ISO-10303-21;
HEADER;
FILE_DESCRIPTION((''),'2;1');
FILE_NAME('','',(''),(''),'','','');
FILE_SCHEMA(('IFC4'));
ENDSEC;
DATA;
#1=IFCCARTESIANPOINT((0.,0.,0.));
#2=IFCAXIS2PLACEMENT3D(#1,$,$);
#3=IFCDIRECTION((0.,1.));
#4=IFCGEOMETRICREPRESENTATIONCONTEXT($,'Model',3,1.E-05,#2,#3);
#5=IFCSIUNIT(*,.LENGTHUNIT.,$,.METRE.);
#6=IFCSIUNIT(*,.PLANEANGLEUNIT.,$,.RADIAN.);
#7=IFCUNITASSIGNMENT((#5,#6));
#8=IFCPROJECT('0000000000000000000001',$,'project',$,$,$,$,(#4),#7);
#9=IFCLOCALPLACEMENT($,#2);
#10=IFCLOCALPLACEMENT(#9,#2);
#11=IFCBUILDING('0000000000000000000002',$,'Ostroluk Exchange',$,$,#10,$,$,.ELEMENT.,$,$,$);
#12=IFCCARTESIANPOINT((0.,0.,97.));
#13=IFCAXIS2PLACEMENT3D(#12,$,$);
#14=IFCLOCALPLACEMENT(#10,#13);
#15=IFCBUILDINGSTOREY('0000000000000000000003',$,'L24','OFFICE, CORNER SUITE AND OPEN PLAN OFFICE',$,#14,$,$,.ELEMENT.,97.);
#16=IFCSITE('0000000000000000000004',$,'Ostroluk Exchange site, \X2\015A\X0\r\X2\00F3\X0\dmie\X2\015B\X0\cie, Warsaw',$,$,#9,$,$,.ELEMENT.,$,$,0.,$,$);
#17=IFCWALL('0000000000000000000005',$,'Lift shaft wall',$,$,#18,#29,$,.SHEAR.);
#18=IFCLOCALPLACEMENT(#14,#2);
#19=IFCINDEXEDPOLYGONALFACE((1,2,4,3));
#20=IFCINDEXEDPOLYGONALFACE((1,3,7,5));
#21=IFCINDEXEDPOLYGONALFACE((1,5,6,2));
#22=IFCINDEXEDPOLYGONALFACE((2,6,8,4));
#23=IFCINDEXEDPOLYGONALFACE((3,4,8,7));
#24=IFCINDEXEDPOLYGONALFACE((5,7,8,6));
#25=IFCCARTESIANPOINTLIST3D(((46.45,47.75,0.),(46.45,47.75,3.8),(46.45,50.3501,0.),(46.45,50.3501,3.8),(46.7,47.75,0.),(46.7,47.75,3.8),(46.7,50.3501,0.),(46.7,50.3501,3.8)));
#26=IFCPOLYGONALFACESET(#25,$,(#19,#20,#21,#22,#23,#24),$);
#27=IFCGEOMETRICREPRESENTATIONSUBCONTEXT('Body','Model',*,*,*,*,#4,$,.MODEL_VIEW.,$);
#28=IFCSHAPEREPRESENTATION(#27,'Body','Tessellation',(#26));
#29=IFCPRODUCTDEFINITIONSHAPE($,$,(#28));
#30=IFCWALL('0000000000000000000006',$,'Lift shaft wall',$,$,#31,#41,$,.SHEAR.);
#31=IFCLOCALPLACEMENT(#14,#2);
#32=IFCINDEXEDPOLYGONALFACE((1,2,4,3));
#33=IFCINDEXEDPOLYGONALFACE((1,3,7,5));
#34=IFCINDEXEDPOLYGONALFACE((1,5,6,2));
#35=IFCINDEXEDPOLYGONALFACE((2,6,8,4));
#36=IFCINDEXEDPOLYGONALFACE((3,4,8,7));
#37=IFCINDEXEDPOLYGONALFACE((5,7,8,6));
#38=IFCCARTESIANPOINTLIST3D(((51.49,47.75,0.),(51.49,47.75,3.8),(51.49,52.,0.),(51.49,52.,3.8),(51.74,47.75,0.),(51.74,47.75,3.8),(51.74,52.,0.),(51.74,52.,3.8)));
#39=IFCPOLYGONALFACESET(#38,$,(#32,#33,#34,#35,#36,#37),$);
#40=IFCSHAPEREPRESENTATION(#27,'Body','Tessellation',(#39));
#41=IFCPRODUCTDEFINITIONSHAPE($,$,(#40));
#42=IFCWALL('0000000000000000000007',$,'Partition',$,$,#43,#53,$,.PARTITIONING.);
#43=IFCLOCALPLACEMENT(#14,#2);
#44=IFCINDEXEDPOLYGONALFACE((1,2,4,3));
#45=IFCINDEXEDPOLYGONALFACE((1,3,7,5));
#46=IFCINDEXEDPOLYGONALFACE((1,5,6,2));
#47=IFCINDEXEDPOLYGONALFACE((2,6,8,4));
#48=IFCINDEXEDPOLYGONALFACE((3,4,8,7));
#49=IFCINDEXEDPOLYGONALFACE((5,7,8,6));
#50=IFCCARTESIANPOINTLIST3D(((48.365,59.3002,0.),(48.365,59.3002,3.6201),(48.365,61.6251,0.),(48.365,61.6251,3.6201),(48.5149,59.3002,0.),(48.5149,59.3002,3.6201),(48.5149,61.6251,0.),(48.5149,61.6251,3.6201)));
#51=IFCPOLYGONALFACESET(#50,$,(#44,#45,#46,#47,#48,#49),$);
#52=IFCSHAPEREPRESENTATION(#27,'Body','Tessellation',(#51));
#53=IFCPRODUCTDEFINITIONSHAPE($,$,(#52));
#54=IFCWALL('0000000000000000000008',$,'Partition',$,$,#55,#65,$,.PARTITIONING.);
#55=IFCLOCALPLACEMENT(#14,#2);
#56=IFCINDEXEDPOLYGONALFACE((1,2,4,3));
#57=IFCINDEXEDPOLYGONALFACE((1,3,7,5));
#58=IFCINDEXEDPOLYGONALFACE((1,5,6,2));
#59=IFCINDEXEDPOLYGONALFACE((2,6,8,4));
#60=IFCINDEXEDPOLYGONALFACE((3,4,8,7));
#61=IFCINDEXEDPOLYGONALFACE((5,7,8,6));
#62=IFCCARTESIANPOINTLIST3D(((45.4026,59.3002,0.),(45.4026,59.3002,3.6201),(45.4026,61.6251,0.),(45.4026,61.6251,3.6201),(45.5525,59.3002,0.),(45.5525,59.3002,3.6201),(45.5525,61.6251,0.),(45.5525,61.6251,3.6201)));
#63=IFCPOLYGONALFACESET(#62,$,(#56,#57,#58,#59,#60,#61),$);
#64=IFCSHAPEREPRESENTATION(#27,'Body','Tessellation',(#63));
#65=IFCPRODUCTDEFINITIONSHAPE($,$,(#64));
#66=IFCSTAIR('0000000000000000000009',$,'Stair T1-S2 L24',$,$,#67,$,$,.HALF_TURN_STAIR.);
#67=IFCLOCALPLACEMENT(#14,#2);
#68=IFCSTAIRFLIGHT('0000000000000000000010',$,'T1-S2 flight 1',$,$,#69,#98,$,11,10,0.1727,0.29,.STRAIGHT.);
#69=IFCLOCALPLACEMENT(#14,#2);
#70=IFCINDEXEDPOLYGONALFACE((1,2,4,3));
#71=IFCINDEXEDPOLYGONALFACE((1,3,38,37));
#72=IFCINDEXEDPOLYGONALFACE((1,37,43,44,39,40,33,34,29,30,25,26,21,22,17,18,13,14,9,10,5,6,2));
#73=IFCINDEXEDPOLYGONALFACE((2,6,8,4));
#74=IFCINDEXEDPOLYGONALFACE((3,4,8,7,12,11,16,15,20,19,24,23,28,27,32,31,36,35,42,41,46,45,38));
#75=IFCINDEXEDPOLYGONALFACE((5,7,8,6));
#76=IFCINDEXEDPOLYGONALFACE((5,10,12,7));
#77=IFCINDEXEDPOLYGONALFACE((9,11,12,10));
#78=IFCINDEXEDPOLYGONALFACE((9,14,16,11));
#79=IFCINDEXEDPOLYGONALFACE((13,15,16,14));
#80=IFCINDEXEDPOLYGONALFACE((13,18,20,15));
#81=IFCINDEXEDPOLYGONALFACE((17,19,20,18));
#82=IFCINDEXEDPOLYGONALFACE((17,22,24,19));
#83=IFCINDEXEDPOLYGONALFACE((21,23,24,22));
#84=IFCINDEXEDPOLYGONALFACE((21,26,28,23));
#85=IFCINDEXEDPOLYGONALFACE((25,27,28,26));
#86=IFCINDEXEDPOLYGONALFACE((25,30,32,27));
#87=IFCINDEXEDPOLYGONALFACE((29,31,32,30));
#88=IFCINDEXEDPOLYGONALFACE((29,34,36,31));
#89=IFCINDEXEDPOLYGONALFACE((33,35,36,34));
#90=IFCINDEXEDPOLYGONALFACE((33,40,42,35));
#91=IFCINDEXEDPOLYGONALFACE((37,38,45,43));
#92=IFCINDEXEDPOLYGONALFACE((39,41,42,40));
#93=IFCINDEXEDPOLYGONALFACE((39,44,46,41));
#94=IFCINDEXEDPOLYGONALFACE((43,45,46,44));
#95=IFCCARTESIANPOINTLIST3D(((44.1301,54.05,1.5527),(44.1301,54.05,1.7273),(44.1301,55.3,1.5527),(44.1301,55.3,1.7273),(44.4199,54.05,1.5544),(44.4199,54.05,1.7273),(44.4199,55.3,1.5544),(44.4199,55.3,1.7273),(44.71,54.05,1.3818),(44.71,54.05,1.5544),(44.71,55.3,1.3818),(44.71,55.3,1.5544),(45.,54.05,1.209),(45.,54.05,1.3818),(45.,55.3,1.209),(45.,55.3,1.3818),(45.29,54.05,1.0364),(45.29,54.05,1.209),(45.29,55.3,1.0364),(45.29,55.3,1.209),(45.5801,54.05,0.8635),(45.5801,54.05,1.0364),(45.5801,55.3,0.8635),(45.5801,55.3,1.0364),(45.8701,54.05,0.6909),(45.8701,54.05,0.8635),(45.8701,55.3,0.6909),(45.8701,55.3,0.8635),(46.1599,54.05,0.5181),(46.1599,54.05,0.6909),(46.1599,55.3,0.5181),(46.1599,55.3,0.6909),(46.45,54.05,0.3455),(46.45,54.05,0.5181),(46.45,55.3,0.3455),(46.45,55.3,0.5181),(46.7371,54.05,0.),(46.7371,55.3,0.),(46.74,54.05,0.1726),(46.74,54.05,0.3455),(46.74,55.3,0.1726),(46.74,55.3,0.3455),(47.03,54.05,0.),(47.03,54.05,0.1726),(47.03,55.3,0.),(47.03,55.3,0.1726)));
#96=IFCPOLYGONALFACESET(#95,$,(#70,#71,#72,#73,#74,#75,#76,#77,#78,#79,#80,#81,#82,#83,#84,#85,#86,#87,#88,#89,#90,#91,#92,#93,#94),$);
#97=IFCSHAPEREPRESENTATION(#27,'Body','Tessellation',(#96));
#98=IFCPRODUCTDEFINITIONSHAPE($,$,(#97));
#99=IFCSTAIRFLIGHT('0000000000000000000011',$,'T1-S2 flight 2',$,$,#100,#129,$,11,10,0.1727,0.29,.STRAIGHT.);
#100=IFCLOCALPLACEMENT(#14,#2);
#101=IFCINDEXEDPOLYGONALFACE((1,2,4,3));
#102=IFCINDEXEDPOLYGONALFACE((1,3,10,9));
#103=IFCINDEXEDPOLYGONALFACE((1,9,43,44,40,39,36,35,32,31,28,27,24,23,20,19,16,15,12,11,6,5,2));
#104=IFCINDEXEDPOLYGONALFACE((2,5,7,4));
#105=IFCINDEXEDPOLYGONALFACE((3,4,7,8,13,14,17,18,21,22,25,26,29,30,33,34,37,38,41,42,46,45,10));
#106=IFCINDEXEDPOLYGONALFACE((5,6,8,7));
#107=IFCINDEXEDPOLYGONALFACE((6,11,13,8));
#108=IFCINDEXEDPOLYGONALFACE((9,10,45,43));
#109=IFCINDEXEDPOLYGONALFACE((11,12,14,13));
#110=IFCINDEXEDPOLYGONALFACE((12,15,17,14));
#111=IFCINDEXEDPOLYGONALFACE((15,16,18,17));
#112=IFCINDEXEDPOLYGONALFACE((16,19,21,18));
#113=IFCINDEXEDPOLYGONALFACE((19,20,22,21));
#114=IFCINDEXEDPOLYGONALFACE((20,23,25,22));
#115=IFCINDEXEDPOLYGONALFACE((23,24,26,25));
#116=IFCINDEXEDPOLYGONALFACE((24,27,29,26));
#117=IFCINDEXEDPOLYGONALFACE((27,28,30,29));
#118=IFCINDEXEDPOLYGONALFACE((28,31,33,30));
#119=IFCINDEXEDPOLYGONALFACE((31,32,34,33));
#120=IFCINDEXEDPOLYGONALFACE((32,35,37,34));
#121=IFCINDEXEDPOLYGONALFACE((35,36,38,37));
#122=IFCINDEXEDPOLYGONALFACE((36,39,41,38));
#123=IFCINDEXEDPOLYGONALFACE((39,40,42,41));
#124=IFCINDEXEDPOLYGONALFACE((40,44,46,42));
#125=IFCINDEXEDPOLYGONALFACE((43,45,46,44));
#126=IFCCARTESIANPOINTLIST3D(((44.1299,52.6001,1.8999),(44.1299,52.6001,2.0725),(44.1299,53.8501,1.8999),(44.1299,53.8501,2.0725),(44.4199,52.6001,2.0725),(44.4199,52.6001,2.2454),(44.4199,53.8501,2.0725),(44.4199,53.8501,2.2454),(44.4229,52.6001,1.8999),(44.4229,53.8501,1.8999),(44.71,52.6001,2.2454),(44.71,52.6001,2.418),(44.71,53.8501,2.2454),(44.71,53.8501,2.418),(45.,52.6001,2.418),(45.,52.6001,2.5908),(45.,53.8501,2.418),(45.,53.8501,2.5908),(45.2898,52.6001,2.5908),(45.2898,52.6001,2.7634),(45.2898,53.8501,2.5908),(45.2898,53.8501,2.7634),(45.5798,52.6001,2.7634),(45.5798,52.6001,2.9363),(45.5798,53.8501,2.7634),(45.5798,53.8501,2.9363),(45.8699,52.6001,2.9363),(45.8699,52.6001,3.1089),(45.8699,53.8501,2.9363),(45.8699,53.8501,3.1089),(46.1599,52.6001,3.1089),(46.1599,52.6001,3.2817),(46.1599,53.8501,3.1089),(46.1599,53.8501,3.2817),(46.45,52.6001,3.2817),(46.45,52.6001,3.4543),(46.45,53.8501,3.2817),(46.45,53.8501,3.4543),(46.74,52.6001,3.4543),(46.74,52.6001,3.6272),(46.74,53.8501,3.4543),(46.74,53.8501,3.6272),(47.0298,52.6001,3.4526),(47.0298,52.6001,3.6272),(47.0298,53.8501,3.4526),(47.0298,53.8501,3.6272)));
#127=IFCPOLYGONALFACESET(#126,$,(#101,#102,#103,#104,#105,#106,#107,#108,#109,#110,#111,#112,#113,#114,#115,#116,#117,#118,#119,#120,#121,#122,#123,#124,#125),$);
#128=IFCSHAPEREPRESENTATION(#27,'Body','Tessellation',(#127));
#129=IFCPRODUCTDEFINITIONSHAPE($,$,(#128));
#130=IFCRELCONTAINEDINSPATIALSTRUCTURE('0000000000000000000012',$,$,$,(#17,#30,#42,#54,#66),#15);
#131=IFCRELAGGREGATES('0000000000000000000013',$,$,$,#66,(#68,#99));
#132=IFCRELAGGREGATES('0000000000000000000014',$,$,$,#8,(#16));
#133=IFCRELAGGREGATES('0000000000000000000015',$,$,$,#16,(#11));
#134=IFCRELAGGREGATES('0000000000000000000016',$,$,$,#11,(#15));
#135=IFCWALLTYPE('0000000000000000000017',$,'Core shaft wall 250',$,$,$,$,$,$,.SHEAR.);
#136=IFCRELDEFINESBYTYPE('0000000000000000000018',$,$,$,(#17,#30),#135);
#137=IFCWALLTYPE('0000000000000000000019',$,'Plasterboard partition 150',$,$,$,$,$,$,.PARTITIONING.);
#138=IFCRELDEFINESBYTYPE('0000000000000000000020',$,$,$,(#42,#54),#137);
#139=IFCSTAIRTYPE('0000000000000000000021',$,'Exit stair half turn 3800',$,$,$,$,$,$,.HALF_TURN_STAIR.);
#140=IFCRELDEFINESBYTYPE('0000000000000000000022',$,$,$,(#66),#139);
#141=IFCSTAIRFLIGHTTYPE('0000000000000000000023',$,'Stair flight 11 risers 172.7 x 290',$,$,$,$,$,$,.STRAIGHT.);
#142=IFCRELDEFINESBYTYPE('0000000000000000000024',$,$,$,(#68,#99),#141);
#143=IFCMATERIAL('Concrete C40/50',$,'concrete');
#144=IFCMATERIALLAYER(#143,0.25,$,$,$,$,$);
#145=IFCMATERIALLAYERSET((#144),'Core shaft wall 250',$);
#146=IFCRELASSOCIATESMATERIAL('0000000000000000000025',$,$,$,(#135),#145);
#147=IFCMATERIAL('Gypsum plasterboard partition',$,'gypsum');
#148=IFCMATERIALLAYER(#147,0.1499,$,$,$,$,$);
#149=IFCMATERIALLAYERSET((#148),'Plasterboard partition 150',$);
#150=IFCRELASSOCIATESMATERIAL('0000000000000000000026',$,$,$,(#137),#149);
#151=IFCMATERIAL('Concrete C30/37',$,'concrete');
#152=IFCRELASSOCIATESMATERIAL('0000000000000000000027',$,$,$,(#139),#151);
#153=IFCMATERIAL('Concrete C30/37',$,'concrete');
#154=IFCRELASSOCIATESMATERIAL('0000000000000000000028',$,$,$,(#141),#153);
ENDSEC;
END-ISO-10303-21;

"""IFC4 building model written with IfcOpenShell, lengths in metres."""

from ifc_helpers import new_model, si_unit, direction, frame, frame_2d, origin, place, context, subcontext, project, spatial, polyline, rectangle, outline, extrude, material, layer, layer_set, type_object, element, aggregate, save


model = new_model("IFC4")

# Units and contexts
model_context = context("Model", 3, precision=1e-05, world=origin(), true_north=direction((0.0, 1.0)))
body_context = subcontext(model_context, "Body", "Model", "MODEL_VIEW")
ifc_project = project(units=[si_unit("LENGTHUNIT", "METRE"), si_unit("PLANEANGLEUNIT", "RADIAN")], contexts=[model_context])

# Site, building, storey
site_placement = place(None, origin())
site = spatial("IfcSite", under=ifc_project, at=site_placement, Name="Ostroluk Exchange site, Śródmieście, Warsaw", CompositionType="ELEMENT", RefElevation=0.0)
building_placement = place(site_placement, origin())
building = spatial("IfcBuilding", under=site, at=building_placement, Name="Ostroluk Exchange", CompositionType="ELEMENT")
storey_placement = place(building_placement, frame((0.0, 0.0, 97.0)))
storey = spatial("IfcBuildingStorey", under=building, at=storey_placement, Name="L24", Description="OFFICE, CORNER SUITE AND OPEN PLAN OFFICE", CompositionType="ELEMENT", Elevation=97.0)

# Shared definitions
ifc_material_1 = material(Name="Concrete C40/50", Category="concrete")
ifc_layer_1 = layer(ifc_material_1, 0.25)
ifc_layer_set_1 = layer_set([ifc_layer_1], Name="Core shaft wall 250")
wall_type_1 = type_object("IfcWallType", Name="Core shaft wall 250", PredefinedType="SHEAR", material=ifc_layer_set_1)

# Walls
for number, where, z_axis, x_axis, name in (
    (1, (46.575, 47.75, 0.0), (0.0, 0.0, 1.0), (0.0, 1.0, 0.0), "Lift shaft wall"),
):
    element("IfcWall", number, at=place(storey_placement, frame(where, z_axis=z_axis, x_axis=x_axis)), inside=storey, type_object=wall_type_1, Name=name, PredefinedType="SHEAR", context=body_context, shape_type="SweptSolid", body=[
        extrude(rectangle(XDim=2.6001, YDim=0.25, at=frame_2d((1.3, 0.0))), origin(), (0.0, 0.0, 1.0), 3.8),
    ])
wall_1_placement = place(storey_placement, frame((51.615, 47.75, 0.0), z_axis=(0.0, 0.0, 1.0), x_axis=(0.0, 1.0, 0.0)))
element("IfcWall", 2, at=wall_1_placement, inside=storey, type_object=wall_type_1, Name="Lift shaft wall", PredefinedType="SHEAR", context=body_context, shape_type="SweptSolid", body=[
    extrude(rectangle(XDim=4.25, YDim=0.25, at=frame_2d((2.125, 0.0))), origin(), (0.0, 0.0, 1.0), 3.8),
])
ifc_material_2 = material(Name="Gypsum plasterboard partition", Category="gypsum")
ifc_layer_2 = layer(ifc_material_2, 0.1499)
ifc_layer_set_2 = layer_set([ifc_layer_2], Name="Plasterboard partition 150")
wall_type_2 = type_object("IfcWallType", Name="Plasterboard partition 150", PredefinedType="PARTITIONING", material=ifc_layer_set_2)
for number, where, z_axis, x_axis, name in (
    (3, (48.4399, 59.3, 0.0), (0.0, 0.0, 1.0), (0.0, 1.0, 0.0), "Partition"),
    (4, (45.4775, 59.3, 0.0), (0.0, 0.0, 1.0), (0.0, 1.0, 0.0), "Partition"),
):
    element("IfcWall", number, at=place(storey_placement, frame(where, z_axis=z_axis, x_axis=x_axis)), inside=storey, type_object=wall_type_2, Name=name, PredefinedType="PARTITIONING", context=body_context, shape_type="SweptSolid", body=[
        extrude(rectangle(XDim=2.325, YDim=0.1499, at=frame_2d((1.1626, 0.0))), origin(), (0.0, 0.0, 1.0), 3.6201),
    ])

# Stair, stair flights
ifc_material_3 = material(Name="Concrete C30/37", Category="concrete")
stair_type = type_object("IfcStairType", Name="Exit stair half turn 3800", PredefinedType="HALF_TURN_STAIR", material=ifc_material_3)
stair_placement = place(storey_placement, origin())
stair = element("IfcStair", 5, at=stair_placement, inside=storey, type_object=stair_type, Name="Stair T1-S2 L24", PredefinedType="HALF_TURN_STAIR")
ifc_material_4 = material(Name="Concrete C30/37", Category="concrete")
stair_flight_type = type_object("IfcStairFlightType", Name="Stair flight 11 risers 172.7 x 290", PredefinedType="STRAIGHT", material=ifc_material_4)
stair_flight_1_placement = place(storey_placement, frame((47.03, 54.675, 0.0), z_axis=(0.0, 0.0, 1.0), x_axis=(-1.0, 0.0, 0.0)))
stair_flight_1 = element("IfcStairFlight", 6, at=stair_flight_1_placement, type_object=stair_flight_type, Name="T1-S2 flight 1", NumberOfRisers=11, NumberOfTreads=10, PredefinedType="STRAIGHT", RiserHeight=0.1727, TreadLength=0.29, context=body_context, shape_type="SweptSolid", body=[
    extrude(outline(polyline([(0.0, 0.0), (0.0, 0.1726), (0.29, 0.1726), (0.29, 0.3455), (0.5801, 0.3455), (0.5801, 0.5181), (0.8701, 0.5181), (0.8701, 0.6909), (1.1599, 0.6909), (1.1599, 0.8635), (1.45, 0.8635), (1.45, 1.0364), (1.74, 1.0364), (1.74, 1.209), (2.03, 1.209), (2.03, 1.3818), (2.3201, 1.3818), (2.3201, 1.5544), (2.6101, 1.5544), (2.6101, 1.7273), (2.8999, 1.7273), (2.8999, 1.8999), (2.8999, 1.5527), (0.293, 0.0), (0.0, 0.0)])), frame((0.0, 0.625, 0.0), z_axis=(0.0, -1.0, 0.0), x_axis=(1.0, 0.0, 0.0)), (0.0, 0.0, 1.0), 1.25),
])
stair_flight_2_placement = place(storey_placement, frame((44.1299, 53.2251, 1.8999), z_axis=(0.0, 0.0, 1.0), x_axis=(1.0, 0.0, 0.0)))
stair_flight_2 = element("IfcStairFlight", 7, at=stair_flight_2_placement, type_object=stair_flight_type, Name="T1-S2 flight 2", NumberOfRisers=11, NumberOfTreads=10, PredefinedType="STRAIGHT", RiserHeight=0.1727, TreadLength=0.29, context=body_context, shape_type="SweptSolid", body=[
    extrude(outline(polyline([(0.0, 0.0), (0.0, 0.1726), (0.29, 0.1726), (0.29, 0.3455), (0.5801, 0.3455), (0.5801, 0.5181), (0.8701, 0.5181), (0.8701, 0.6909), (1.1599, 0.6909), (1.1599, 0.8635), (1.45, 0.8635), (1.45, 1.0364), (1.74, 1.0364), (1.74, 1.209), (2.03, 1.209), (2.03, 1.3818), (2.3201, 1.3818), (2.3201, 1.5544), (2.6101, 1.5544), (2.6101, 1.7273), (2.8999, 1.7273), (2.8999, 1.8999), (2.8999, 1.5527), (0.293, 0.0), (0.0, 0.0)])), frame((0.0, 0.625, 0.0), z_axis=(0.0, -1.0, 0.0), x_axis=(1.0, 0.0, 0.0)), (0.0, 0.0, 1.0), 1.25),
])
aggregate(stair, [stair_flight_1, stair_flight_2])

save(model, "model.ifc")
